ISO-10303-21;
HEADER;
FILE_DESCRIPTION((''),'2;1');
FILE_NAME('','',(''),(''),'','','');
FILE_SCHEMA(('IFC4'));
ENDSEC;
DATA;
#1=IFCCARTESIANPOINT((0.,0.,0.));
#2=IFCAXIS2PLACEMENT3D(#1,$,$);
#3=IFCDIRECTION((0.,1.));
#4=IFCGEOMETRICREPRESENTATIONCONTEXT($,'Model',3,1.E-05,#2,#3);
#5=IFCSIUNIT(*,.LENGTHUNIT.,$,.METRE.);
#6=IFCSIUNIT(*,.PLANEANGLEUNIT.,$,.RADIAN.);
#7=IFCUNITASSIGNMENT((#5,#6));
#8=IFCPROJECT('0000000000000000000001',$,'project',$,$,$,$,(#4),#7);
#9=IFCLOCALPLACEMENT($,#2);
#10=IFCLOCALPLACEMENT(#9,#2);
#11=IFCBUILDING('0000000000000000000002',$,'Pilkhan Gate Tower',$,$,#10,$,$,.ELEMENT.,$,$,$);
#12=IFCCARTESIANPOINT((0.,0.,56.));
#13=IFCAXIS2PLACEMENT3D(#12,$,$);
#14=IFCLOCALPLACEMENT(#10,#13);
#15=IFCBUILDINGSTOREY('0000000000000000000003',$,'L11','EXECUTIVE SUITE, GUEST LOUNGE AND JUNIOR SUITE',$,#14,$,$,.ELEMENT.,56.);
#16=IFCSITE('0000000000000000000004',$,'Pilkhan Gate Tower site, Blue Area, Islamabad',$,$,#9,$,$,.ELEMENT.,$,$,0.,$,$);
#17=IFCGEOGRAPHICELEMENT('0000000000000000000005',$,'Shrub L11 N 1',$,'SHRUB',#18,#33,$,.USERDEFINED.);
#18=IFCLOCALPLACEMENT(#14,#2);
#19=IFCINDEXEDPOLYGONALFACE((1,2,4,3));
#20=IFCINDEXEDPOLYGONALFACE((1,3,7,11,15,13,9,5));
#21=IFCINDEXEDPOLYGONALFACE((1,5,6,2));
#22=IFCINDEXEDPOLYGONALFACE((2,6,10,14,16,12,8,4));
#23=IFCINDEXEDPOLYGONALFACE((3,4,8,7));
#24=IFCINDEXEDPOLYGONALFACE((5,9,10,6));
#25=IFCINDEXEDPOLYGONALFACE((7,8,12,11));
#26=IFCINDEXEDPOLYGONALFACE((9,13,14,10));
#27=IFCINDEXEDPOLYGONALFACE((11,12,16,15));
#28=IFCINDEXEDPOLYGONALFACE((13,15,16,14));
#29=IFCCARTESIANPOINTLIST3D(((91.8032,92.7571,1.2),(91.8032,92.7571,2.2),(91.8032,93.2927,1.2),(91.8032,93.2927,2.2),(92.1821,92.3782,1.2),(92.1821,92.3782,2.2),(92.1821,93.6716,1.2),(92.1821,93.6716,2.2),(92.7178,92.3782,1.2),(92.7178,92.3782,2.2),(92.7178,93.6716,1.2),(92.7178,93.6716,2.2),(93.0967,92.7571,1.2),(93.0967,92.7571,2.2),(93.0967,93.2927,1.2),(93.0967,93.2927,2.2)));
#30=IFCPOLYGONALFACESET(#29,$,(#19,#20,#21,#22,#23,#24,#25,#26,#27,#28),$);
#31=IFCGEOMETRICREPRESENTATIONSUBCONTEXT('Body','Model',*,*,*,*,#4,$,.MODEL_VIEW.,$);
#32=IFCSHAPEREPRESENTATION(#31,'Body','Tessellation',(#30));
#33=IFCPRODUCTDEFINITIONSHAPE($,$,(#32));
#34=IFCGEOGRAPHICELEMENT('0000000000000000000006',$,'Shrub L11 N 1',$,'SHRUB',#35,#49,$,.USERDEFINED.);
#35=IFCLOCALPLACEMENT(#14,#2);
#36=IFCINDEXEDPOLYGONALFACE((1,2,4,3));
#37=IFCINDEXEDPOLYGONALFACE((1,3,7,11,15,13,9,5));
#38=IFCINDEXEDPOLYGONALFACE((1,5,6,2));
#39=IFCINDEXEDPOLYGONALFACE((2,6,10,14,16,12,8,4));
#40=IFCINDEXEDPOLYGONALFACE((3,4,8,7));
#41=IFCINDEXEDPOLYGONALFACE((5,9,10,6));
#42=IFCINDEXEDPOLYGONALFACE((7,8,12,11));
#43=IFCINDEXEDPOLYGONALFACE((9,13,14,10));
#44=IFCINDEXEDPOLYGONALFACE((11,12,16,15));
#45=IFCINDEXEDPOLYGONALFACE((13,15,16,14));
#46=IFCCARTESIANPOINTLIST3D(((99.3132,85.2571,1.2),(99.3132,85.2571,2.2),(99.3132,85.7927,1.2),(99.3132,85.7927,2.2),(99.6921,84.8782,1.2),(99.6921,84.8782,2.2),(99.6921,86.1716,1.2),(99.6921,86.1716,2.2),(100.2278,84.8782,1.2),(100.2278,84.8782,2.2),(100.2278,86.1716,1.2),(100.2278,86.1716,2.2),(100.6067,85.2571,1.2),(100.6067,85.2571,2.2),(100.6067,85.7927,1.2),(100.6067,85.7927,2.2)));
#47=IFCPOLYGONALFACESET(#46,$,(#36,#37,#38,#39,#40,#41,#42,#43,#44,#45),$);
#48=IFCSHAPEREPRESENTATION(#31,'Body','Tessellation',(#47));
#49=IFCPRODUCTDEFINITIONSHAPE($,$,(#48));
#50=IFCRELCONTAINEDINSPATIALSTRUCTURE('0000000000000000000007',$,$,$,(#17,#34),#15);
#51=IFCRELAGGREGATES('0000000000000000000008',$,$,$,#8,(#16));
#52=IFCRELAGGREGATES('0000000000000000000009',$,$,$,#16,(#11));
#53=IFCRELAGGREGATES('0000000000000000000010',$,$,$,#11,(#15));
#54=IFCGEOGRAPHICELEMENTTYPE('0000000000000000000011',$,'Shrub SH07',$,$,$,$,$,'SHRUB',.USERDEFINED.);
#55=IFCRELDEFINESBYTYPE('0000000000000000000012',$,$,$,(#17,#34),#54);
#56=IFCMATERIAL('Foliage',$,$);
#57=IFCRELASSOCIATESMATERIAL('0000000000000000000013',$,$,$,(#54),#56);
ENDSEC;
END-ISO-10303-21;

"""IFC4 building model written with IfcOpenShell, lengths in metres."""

from ifc_helpers import new_model, si_unit, direction, frame, origin, place, context, subcontext, project, spatial, polyline, outline, extrude, material, material_profile, profile_set, type_object, element, save


model = new_model("IFC4")

# Units and contexts
model_context = context("Model", 3, precision=1e-05, world=origin(), true_north=direction((0.0, 1.0)))
body_context = subcontext(model_context, "Body", "Model", "MODEL_VIEW")
ifc_project = project(units=[si_unit("LENGTHUNIT", "METRE"), si_unit("PLANEANGLEUNIT", "RADIAN")], contexts=[model_context])

# Site, building, storey
site_placement = place(None, origin())
site = spatial("IfcSite", under=ifc_project, at=site_placement, Name="Pilkhan Gate Tower site, Blue Area, Islamabad", CompositionType="ELEMENT", RefElevation=0.0)
building_placement = place(site_placement, origin())
building = spatial("IfcBuilding", under=site, at=building_placement, Name="Pilkhan Gate Tower", CompositionType="ELEMENT")
storey_placement = place(building_placement, frame((0.0, 0.0, 56.0)))
storey = spatial("IfcBuildingStorey", under=building, at=storey_placement, Name="L11", Description="EXECUTIVE SUITE, GUEST LOUNGE AND JUNIOR SUITE", CompositionType="ELEMENT", Elevation=56.0)

# Geographic elements
ifc_material_1 = material(Name="Foliage")
ifc_material_profile_1 = material_profile(ifc_material_1, outline(polyline([(0.6467, 0.2678), (0.2678, 0.6467), (-0.2678, 0.6467), (-0.6467, 0.2678), (-0.6467, -0.2678), (-0.2678, -0.6467), (0.2678, -0.6467), (0.6467, -0.2678), (0.6467, 0.2678)])), Name="Shrub D1.4")
ifc_profile_set_1 = profile_set([ifc_material_profile_1], Name="Foliage")
geographic_element_type_1 = type_object("IfcGeographicElementType", Name="Shrub SH07", ElementType="SHRUB", PredefinedType="USERDEFINED", material=ifc_profile_set_1)
for number, where, z_axis, x_axis, name in (
    (1, (92.45, 93.0249, 1.2), (0.0, 0.0, 1.0), (1.0, 0.0, 0.0), "Shrub L11 N 1"),
    (2, (99.96, 85.5249, 1.2), (0.0, 0.0, 1.0), (1.0, 0.0, 0.0), "Shrub L11 N 1"),
):
    element("IfcGeographicElement", number, at=place(storey_placement, frame(where, z_axis=z_axis, x_axis=x_axis)), inside=storey, type_object=geographic_element_type_1, Name=name, ObjectType="SHRUB", PredefinedType="USERDEFINED", context=body_context, shape_type="SweptSolid", body=[
        extrude(outline(polyline([(0.6467, 0.2678), (0.2678, 0.6467), (-0.2678, 0.6467), (-0.6467, 0.2678), (-0.6467, -0.2678), (-0.2678, -0.6467), (0.2678, -0.6467), (0.6467, -0.2678), (0.6467, 0.2678)])), origin(), (0.0, 0.0, 1.0), 1.0),
    ])

save(model, "model.ifc")
